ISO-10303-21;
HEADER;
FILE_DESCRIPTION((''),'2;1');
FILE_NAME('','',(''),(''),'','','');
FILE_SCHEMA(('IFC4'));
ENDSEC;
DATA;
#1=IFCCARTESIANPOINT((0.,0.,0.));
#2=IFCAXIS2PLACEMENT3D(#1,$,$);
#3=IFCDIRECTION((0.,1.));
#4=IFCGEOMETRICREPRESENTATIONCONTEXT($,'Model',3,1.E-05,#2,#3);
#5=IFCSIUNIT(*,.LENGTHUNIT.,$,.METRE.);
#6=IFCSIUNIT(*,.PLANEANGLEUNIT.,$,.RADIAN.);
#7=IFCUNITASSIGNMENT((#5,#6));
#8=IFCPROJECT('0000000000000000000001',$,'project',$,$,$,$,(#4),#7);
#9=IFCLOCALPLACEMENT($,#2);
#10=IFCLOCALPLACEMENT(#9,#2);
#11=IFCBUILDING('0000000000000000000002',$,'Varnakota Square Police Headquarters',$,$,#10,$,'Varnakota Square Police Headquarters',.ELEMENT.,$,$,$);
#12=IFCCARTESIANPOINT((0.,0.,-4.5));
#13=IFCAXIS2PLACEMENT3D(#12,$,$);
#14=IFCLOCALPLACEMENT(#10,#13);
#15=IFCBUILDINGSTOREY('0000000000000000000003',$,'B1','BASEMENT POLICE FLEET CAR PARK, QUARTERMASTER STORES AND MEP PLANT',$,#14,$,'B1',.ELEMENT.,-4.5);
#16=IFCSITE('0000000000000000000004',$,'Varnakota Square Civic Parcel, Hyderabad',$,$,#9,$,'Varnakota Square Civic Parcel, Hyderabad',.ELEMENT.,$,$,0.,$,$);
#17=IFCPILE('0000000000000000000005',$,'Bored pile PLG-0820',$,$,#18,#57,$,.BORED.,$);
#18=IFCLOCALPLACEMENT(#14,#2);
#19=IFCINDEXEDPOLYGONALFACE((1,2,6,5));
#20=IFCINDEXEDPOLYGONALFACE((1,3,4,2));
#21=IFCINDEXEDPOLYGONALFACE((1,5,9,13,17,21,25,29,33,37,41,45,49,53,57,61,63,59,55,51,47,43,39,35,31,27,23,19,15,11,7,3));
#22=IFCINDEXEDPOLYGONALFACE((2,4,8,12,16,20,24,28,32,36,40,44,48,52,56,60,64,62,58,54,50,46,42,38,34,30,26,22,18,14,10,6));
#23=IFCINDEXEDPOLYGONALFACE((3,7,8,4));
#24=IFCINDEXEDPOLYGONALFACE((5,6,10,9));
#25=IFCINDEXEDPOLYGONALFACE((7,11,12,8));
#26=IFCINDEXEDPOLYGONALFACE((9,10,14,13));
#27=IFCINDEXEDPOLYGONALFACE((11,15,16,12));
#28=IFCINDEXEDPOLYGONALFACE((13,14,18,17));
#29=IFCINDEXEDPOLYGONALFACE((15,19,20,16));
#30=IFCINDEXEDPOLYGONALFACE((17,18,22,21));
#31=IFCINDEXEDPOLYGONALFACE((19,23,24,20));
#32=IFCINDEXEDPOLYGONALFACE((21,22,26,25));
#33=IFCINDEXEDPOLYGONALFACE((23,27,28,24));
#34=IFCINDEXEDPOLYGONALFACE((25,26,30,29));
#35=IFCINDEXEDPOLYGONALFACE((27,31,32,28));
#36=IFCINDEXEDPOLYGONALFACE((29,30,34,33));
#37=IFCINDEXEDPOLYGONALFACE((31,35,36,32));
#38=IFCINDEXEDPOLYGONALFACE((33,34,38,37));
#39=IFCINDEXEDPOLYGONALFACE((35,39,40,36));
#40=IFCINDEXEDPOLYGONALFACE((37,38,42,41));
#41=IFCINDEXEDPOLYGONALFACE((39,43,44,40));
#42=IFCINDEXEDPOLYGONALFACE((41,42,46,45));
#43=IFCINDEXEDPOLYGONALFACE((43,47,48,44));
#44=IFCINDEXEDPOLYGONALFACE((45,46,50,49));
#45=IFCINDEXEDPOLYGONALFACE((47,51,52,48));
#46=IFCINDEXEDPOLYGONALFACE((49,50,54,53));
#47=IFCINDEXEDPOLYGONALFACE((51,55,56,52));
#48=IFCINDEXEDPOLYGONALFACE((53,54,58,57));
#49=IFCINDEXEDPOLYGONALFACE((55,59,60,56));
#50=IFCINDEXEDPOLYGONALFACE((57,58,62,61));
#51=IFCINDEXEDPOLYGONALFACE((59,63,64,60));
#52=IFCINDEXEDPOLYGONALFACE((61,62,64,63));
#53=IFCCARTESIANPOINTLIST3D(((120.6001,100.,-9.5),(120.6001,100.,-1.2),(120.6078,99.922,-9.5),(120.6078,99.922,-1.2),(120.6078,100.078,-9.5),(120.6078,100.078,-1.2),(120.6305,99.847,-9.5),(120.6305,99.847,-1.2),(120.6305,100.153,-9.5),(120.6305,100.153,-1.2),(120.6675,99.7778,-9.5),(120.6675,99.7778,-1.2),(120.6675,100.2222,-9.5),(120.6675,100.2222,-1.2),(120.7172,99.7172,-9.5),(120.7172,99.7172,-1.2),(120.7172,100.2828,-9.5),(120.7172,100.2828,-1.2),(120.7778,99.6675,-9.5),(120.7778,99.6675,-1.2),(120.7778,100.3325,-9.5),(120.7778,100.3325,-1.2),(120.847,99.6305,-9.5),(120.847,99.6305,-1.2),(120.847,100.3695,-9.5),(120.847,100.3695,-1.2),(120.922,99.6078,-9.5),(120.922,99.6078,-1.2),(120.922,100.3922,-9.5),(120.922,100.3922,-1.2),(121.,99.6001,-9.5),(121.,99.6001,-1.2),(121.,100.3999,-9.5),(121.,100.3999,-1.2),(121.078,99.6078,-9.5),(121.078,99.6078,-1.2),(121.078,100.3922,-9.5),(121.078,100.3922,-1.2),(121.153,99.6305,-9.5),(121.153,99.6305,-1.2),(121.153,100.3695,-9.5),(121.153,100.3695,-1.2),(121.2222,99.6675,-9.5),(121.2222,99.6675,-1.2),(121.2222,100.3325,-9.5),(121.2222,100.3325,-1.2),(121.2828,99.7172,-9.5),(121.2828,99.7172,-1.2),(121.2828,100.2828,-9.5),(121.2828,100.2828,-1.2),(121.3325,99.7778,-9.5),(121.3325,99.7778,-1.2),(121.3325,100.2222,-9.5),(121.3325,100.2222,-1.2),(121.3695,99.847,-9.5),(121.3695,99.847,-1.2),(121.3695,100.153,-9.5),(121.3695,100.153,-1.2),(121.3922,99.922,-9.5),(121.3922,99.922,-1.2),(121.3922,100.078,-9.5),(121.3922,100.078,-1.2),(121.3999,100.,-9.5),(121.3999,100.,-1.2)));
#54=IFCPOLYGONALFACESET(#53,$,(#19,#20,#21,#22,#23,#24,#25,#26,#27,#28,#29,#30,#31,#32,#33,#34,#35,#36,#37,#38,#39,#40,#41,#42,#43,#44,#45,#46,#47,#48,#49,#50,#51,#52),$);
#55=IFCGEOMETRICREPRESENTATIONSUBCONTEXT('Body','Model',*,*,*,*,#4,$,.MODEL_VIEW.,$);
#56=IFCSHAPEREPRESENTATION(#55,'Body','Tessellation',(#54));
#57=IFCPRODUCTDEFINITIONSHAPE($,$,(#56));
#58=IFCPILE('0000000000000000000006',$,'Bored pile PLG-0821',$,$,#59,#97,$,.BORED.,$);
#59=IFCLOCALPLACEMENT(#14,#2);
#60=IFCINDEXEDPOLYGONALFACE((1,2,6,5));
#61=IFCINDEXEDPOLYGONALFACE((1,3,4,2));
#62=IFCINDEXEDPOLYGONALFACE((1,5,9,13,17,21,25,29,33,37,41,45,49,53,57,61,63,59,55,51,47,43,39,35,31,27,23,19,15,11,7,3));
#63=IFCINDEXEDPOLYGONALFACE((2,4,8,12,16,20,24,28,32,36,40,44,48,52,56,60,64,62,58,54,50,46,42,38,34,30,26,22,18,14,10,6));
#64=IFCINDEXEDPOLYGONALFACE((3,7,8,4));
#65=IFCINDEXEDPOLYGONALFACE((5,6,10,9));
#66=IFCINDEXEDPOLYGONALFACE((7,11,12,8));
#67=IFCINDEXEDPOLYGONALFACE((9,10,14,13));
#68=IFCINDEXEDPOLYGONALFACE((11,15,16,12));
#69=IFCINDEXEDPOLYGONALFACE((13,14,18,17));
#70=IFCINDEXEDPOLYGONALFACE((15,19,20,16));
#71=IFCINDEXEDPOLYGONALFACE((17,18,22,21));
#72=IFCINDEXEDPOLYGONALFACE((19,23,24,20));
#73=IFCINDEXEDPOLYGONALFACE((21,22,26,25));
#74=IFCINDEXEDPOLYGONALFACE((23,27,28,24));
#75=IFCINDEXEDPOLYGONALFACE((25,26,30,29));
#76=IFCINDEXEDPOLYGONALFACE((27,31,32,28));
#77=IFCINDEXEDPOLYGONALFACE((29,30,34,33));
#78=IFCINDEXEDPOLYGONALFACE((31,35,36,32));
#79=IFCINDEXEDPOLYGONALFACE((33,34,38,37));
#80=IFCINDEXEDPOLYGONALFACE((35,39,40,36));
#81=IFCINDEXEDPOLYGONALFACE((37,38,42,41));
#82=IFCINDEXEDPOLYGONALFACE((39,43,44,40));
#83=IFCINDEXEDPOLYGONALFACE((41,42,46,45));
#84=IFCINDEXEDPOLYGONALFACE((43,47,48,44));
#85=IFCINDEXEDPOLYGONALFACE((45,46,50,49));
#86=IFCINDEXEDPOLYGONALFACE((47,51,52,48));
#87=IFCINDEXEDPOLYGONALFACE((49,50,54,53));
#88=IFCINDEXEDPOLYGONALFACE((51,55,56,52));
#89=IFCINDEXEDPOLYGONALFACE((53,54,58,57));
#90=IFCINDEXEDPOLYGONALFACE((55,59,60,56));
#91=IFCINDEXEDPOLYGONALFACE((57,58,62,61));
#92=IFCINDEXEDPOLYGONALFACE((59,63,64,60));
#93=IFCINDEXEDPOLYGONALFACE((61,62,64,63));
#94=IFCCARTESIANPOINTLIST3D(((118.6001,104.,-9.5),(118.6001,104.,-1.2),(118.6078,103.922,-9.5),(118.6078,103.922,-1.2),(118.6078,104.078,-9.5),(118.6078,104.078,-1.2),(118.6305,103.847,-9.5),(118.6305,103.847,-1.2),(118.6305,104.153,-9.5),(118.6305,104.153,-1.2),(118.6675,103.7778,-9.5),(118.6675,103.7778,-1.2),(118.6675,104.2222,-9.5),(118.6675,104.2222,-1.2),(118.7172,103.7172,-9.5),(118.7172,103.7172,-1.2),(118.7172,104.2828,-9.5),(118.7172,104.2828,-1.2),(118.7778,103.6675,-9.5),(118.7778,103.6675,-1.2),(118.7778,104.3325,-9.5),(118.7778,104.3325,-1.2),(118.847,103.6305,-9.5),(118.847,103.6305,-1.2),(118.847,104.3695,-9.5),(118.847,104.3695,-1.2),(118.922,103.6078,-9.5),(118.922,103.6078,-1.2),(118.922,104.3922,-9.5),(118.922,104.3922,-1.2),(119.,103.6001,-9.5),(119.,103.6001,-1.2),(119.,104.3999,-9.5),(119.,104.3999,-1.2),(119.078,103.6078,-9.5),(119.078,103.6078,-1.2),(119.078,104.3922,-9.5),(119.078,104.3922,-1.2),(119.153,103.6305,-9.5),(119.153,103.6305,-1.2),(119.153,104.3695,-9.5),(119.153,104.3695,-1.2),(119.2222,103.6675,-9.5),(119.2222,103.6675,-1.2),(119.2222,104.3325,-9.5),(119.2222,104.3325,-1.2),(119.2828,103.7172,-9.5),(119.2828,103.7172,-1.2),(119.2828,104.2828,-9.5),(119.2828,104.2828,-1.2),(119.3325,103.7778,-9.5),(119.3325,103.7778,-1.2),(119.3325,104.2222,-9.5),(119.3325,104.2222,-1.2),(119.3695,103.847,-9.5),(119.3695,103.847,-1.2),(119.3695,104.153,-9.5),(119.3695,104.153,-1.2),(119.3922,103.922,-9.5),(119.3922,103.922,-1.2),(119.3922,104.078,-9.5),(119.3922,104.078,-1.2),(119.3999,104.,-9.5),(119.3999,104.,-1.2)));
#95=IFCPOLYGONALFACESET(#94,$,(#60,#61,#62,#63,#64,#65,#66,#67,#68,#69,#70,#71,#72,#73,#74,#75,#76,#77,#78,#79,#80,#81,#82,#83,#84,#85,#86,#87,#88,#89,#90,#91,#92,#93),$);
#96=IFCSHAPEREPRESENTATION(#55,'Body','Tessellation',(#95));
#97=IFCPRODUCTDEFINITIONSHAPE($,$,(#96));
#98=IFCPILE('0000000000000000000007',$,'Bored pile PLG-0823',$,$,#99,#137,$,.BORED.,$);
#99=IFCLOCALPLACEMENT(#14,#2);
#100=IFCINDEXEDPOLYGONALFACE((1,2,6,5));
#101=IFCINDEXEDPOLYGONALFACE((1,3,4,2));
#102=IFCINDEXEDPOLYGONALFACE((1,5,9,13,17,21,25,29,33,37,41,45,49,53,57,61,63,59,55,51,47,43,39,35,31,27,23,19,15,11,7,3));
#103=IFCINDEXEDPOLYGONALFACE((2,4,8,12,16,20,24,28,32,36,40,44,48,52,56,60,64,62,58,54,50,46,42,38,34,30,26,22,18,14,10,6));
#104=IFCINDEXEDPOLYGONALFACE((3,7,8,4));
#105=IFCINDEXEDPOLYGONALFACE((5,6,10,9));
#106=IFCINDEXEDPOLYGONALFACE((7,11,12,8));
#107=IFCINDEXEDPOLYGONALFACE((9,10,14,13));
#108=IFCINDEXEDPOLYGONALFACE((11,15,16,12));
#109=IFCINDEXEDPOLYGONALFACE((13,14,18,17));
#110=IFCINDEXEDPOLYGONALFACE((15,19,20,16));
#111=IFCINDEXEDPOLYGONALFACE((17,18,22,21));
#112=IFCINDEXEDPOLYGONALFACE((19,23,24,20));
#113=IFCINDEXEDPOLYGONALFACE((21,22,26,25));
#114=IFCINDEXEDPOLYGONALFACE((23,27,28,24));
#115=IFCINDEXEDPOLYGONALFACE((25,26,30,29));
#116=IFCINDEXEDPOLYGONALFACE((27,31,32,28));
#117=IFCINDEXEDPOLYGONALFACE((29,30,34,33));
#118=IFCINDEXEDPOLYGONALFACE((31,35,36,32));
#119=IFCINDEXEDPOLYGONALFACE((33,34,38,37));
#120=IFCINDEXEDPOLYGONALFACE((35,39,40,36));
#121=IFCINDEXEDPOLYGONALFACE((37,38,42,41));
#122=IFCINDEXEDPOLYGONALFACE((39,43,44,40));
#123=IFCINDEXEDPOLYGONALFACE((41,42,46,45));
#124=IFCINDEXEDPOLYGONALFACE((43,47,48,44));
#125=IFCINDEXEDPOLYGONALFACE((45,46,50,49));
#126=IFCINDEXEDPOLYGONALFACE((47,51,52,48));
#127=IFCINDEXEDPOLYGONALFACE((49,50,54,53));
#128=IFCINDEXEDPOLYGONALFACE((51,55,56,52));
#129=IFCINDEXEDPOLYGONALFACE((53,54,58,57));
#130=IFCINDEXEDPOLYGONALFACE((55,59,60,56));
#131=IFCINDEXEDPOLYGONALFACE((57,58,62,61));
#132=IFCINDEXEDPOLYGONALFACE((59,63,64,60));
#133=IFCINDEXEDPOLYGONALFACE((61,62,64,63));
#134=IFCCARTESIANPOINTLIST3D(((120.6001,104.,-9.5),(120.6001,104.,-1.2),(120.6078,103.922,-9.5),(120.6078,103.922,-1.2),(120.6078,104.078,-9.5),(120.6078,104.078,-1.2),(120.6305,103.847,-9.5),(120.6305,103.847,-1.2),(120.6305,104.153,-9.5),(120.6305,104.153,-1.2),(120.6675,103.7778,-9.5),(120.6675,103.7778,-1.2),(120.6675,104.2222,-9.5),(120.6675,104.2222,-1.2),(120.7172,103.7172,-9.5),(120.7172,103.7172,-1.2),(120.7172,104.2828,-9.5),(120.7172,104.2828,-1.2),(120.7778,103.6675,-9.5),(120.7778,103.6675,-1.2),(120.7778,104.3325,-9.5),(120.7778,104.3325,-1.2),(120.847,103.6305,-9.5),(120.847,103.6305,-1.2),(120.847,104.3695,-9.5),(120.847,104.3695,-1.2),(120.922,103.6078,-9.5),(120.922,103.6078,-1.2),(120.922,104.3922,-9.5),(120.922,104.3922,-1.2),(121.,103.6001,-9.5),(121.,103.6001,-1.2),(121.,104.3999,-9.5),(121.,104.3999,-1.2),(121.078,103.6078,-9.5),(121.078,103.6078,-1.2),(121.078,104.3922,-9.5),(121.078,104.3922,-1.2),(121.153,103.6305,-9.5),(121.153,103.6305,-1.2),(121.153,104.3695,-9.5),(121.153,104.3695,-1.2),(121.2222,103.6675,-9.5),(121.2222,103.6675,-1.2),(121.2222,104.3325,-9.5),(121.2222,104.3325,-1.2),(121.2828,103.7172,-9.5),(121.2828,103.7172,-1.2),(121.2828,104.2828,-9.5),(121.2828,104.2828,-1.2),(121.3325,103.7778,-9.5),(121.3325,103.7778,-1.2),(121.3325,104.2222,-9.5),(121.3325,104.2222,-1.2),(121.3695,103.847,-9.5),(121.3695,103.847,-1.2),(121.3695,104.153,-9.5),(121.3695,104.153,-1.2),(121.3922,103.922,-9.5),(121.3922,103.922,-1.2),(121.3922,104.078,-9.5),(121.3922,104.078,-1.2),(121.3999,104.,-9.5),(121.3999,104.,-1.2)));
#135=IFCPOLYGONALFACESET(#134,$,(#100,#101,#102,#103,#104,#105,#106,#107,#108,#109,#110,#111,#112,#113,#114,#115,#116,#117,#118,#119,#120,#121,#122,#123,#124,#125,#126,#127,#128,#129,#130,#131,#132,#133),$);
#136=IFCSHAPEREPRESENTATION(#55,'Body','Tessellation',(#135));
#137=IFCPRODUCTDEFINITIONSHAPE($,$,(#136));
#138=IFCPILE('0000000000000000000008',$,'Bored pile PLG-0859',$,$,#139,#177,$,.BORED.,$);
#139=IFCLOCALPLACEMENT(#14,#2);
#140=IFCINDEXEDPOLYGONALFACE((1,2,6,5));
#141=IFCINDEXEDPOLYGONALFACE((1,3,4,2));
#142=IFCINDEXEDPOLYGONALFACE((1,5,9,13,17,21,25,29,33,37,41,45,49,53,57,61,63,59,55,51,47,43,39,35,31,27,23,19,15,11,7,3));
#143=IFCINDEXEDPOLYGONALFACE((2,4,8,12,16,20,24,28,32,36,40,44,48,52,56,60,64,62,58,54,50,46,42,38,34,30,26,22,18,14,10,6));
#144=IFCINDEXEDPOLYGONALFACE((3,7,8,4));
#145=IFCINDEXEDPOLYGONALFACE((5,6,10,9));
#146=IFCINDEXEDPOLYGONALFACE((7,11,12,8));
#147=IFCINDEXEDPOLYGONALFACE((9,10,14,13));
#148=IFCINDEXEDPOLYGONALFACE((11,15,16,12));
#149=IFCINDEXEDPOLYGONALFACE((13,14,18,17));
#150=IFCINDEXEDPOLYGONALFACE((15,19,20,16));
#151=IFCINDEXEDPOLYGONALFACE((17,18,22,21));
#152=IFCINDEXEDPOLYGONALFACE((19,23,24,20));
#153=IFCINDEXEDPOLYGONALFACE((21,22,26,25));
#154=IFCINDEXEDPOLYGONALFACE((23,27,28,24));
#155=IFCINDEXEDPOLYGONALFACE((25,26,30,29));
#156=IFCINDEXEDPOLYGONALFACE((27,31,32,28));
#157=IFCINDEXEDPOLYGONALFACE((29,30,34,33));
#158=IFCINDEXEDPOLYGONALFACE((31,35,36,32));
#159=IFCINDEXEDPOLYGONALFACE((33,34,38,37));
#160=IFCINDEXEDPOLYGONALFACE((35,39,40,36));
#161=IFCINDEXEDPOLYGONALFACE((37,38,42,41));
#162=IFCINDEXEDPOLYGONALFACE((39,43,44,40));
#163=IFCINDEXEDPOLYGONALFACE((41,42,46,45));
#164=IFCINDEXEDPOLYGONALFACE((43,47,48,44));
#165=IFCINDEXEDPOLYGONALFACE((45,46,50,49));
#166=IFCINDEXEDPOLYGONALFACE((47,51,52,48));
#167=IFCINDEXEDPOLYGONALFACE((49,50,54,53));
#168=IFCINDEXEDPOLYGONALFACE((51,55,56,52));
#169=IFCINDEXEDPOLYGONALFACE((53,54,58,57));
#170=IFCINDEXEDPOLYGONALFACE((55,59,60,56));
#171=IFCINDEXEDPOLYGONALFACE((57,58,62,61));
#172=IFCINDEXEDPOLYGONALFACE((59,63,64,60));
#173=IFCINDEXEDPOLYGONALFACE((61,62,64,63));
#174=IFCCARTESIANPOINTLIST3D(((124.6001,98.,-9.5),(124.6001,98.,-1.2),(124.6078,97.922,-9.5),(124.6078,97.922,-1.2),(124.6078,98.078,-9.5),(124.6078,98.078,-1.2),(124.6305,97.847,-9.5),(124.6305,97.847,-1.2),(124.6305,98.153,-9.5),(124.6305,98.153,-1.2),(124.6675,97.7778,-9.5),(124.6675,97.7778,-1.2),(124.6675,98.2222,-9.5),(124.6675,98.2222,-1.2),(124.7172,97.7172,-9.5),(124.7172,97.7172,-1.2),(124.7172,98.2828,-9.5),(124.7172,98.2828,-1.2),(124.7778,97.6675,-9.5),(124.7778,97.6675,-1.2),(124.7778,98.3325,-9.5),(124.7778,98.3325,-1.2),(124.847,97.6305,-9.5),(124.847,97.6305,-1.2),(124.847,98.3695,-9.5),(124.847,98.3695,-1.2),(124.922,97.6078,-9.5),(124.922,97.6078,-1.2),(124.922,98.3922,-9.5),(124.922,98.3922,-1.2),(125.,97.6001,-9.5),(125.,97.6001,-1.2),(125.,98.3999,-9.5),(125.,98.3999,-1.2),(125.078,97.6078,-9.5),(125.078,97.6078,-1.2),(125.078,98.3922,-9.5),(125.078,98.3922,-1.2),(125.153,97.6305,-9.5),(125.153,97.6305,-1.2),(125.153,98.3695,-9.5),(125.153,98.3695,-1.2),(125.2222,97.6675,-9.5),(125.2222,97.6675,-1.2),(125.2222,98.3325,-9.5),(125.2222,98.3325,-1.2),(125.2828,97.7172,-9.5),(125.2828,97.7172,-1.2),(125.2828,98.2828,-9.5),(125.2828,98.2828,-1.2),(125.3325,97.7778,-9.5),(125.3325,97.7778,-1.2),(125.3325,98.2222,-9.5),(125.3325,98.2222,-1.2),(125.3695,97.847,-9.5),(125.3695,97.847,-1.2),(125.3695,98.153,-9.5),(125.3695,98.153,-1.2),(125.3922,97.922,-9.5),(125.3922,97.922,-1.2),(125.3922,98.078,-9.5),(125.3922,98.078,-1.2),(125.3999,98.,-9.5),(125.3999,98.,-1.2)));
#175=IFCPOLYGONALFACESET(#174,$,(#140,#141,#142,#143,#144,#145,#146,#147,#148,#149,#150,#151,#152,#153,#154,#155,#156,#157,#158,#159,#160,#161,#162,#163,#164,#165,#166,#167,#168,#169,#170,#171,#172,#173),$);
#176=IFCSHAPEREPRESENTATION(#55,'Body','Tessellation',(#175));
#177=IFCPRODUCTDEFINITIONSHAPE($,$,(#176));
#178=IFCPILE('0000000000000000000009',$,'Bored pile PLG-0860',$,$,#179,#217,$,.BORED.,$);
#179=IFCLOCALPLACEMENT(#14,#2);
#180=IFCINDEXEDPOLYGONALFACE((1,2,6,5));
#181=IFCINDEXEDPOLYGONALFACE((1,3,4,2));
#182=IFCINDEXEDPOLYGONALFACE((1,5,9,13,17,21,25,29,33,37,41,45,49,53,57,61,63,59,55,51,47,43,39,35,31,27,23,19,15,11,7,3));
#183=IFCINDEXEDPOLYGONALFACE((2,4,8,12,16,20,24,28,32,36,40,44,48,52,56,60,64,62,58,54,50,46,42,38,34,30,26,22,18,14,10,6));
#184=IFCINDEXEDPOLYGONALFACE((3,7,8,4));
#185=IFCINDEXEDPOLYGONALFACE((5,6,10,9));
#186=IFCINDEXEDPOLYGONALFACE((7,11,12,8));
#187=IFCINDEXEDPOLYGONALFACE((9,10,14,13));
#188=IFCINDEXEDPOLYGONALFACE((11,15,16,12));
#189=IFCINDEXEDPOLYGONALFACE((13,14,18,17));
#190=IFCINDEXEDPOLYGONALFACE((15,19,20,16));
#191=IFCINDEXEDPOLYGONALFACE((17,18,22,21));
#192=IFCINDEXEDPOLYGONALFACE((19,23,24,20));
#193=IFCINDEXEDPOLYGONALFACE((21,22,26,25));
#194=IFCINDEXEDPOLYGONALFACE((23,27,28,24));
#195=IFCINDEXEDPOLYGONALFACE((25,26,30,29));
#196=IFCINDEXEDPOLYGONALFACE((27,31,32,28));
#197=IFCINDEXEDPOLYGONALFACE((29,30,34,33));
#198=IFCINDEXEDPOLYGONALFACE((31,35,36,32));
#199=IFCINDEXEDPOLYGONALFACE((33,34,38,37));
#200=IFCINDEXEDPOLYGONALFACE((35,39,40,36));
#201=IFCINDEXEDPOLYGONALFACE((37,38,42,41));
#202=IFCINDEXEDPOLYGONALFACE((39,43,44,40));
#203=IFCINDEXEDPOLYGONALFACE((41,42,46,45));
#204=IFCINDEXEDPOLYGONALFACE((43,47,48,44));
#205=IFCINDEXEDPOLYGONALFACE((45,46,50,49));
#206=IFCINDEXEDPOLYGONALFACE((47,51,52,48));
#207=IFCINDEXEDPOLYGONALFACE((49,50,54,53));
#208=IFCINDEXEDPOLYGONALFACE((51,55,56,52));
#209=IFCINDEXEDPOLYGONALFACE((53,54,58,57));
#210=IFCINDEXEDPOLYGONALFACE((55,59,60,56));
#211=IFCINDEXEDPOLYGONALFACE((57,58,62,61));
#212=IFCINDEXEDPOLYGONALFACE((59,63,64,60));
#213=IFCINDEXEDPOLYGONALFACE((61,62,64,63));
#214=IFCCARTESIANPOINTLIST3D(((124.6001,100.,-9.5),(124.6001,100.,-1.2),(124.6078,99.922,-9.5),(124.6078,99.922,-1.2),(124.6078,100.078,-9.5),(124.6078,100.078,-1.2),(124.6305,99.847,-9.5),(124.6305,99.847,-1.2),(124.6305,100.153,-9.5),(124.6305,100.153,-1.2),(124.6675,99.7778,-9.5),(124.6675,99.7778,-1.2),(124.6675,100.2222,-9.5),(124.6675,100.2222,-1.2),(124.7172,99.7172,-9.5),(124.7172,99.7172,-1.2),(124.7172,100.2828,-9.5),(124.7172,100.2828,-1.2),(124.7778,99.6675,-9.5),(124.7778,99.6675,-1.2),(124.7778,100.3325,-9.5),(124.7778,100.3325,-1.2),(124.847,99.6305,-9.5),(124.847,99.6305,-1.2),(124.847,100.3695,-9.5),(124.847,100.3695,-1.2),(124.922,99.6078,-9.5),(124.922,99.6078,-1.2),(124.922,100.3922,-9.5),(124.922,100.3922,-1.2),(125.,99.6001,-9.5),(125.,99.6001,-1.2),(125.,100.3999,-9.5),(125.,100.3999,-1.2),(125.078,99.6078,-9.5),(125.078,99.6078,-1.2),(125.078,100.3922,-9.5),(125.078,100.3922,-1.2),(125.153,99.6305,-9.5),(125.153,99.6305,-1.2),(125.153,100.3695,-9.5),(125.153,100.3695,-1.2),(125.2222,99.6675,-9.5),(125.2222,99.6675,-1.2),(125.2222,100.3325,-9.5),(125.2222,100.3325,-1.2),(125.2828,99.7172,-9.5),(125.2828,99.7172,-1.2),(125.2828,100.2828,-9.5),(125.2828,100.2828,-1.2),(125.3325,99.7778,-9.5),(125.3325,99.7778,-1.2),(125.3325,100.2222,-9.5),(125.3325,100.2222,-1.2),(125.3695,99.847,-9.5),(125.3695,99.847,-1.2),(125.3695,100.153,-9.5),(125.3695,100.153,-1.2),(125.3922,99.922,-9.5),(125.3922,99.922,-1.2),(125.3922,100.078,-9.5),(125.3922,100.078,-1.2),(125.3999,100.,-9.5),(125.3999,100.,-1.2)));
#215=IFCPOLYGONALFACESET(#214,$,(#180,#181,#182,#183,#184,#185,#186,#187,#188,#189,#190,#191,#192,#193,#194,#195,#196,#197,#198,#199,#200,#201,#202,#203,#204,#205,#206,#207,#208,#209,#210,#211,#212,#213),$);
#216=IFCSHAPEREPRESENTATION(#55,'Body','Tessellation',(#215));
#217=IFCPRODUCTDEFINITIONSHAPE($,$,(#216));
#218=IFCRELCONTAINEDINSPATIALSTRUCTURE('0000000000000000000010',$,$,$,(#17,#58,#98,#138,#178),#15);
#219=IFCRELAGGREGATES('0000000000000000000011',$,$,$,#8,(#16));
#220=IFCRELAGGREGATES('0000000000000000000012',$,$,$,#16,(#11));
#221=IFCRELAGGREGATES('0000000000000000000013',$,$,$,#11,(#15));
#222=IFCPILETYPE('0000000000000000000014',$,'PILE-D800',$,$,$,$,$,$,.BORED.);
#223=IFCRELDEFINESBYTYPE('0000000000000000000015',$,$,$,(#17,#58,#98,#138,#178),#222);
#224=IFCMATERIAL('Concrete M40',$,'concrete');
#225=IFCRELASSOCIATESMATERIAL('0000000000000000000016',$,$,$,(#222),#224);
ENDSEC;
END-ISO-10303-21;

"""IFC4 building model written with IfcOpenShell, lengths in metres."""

from ifc_helpers import new_model, si_unit, direction, frame, origin, origin_2d, place, context, subcontext, project, spatial, circle, extrude, material, material_profile, profile_set, type_object, element, save


model = new_model("IFC4")

# Units and contexts
model_context = context("Model", 3, precision=1e-05, world=origin(), true_north=direction((0.0, 1.0)))
body_context = subcontext(model_context, "Body", "Model", "MODEL_VIEW")
ifc_project = project(units=[si_unit("LENGTHUNIT", "METRE"), si_unit("PLANEANGLEUNIT", "RADIAN")], contexts=[model_context])

# Site, building, storey
site_placement = place(None, origin())
site = spatial("IfcSite", under=ifc_project, at=site_placement, Name="Varnakota Square Civic Parcel, Hyderabad", LongName="Varnakota Square Civic Parcel, Hyderabad", CompositionType="ELEMENT", RefElevation=0.0)
building_placement = place(site_placement, origin())
building = spatial("IfcBuilding", under=site, at=building_placement, Name="Varnakota Square Police Headquarters", LongName="Varnakota Square Police Headquarters", CompositionType="ELEMENT")
storey_placement = place(building_placement, frame((0.0, 0.0, -4.5)))
storey = spatial("IfcBuildingStorey", under=building, at=storey_placement, Name="B1", Description="BASEMENT POLICE FLEET CAR PARK, QUARTERMASTER STORES AND MEP PLANT", LongName="B1", CompositionType="ELEMENT", Elevation=-4.5)

# Shared definitions
ifc_material_1 = material(Name="Concrete M40", Category="concrete")

# Piles
ifc_material_profile_1 = material_profile(ifc_material_1, circle(Radius=0.3999, at=origin_2d()), Name="BORED PILE 800")
ifc_profile_set_1 = profile_set([ifc_material_profile_1], Name="Concrete M40")
pile_type = type_object("IfcPileType", Name="PILE-D800", PredefinedType="BORED", material=ifc_profile_set_1)
for number, where, z_axis, x_axis, name in (
    (1, (121.0, 100.0, -1.2), (0.0, 0.0, -1.0), (1.0, 0.0, 0.0), "Bored pile PLG-0820"),
    (2, (119.0, 104.0, -1.2), (0.0, 0.0, -1.0), (1.0, 0.0, 0.0), "Bored pile PLG-0821"),
    (3, (121.0, 104.0, -1.2), (0.0, 0.0, -1.0), (1.0, 0.0, 0.0), "Bored pile PLG-0823"),
    (4, (125.0, 98.0, -1.2), (0.0, 0.0, -1.0), (1.0, 0.0, 0.0), "Bored pile PLG-0859"),
    (5, (125.0, 100.0, -1.2), (0.0, 0.0, -1.0), (1.0, 0.0, 0.0), "Bored pile PLG-0860"),
):
    element("IfcPile", number, at=place(storey_placement, frame(where, z_axis=z_axis, x_axis=x_axis)), inside=storey, type_object=pile_type, Name=name, PredefinedType="BORED", context=body_context, shape_type="SweptSolid", body=[
        extrude(circle(Radius=0.3999, at=origin_2d()), origin(), (0.0, 0.0, 1.0), 8.3),
    ])

save(model, "model.ifc")
